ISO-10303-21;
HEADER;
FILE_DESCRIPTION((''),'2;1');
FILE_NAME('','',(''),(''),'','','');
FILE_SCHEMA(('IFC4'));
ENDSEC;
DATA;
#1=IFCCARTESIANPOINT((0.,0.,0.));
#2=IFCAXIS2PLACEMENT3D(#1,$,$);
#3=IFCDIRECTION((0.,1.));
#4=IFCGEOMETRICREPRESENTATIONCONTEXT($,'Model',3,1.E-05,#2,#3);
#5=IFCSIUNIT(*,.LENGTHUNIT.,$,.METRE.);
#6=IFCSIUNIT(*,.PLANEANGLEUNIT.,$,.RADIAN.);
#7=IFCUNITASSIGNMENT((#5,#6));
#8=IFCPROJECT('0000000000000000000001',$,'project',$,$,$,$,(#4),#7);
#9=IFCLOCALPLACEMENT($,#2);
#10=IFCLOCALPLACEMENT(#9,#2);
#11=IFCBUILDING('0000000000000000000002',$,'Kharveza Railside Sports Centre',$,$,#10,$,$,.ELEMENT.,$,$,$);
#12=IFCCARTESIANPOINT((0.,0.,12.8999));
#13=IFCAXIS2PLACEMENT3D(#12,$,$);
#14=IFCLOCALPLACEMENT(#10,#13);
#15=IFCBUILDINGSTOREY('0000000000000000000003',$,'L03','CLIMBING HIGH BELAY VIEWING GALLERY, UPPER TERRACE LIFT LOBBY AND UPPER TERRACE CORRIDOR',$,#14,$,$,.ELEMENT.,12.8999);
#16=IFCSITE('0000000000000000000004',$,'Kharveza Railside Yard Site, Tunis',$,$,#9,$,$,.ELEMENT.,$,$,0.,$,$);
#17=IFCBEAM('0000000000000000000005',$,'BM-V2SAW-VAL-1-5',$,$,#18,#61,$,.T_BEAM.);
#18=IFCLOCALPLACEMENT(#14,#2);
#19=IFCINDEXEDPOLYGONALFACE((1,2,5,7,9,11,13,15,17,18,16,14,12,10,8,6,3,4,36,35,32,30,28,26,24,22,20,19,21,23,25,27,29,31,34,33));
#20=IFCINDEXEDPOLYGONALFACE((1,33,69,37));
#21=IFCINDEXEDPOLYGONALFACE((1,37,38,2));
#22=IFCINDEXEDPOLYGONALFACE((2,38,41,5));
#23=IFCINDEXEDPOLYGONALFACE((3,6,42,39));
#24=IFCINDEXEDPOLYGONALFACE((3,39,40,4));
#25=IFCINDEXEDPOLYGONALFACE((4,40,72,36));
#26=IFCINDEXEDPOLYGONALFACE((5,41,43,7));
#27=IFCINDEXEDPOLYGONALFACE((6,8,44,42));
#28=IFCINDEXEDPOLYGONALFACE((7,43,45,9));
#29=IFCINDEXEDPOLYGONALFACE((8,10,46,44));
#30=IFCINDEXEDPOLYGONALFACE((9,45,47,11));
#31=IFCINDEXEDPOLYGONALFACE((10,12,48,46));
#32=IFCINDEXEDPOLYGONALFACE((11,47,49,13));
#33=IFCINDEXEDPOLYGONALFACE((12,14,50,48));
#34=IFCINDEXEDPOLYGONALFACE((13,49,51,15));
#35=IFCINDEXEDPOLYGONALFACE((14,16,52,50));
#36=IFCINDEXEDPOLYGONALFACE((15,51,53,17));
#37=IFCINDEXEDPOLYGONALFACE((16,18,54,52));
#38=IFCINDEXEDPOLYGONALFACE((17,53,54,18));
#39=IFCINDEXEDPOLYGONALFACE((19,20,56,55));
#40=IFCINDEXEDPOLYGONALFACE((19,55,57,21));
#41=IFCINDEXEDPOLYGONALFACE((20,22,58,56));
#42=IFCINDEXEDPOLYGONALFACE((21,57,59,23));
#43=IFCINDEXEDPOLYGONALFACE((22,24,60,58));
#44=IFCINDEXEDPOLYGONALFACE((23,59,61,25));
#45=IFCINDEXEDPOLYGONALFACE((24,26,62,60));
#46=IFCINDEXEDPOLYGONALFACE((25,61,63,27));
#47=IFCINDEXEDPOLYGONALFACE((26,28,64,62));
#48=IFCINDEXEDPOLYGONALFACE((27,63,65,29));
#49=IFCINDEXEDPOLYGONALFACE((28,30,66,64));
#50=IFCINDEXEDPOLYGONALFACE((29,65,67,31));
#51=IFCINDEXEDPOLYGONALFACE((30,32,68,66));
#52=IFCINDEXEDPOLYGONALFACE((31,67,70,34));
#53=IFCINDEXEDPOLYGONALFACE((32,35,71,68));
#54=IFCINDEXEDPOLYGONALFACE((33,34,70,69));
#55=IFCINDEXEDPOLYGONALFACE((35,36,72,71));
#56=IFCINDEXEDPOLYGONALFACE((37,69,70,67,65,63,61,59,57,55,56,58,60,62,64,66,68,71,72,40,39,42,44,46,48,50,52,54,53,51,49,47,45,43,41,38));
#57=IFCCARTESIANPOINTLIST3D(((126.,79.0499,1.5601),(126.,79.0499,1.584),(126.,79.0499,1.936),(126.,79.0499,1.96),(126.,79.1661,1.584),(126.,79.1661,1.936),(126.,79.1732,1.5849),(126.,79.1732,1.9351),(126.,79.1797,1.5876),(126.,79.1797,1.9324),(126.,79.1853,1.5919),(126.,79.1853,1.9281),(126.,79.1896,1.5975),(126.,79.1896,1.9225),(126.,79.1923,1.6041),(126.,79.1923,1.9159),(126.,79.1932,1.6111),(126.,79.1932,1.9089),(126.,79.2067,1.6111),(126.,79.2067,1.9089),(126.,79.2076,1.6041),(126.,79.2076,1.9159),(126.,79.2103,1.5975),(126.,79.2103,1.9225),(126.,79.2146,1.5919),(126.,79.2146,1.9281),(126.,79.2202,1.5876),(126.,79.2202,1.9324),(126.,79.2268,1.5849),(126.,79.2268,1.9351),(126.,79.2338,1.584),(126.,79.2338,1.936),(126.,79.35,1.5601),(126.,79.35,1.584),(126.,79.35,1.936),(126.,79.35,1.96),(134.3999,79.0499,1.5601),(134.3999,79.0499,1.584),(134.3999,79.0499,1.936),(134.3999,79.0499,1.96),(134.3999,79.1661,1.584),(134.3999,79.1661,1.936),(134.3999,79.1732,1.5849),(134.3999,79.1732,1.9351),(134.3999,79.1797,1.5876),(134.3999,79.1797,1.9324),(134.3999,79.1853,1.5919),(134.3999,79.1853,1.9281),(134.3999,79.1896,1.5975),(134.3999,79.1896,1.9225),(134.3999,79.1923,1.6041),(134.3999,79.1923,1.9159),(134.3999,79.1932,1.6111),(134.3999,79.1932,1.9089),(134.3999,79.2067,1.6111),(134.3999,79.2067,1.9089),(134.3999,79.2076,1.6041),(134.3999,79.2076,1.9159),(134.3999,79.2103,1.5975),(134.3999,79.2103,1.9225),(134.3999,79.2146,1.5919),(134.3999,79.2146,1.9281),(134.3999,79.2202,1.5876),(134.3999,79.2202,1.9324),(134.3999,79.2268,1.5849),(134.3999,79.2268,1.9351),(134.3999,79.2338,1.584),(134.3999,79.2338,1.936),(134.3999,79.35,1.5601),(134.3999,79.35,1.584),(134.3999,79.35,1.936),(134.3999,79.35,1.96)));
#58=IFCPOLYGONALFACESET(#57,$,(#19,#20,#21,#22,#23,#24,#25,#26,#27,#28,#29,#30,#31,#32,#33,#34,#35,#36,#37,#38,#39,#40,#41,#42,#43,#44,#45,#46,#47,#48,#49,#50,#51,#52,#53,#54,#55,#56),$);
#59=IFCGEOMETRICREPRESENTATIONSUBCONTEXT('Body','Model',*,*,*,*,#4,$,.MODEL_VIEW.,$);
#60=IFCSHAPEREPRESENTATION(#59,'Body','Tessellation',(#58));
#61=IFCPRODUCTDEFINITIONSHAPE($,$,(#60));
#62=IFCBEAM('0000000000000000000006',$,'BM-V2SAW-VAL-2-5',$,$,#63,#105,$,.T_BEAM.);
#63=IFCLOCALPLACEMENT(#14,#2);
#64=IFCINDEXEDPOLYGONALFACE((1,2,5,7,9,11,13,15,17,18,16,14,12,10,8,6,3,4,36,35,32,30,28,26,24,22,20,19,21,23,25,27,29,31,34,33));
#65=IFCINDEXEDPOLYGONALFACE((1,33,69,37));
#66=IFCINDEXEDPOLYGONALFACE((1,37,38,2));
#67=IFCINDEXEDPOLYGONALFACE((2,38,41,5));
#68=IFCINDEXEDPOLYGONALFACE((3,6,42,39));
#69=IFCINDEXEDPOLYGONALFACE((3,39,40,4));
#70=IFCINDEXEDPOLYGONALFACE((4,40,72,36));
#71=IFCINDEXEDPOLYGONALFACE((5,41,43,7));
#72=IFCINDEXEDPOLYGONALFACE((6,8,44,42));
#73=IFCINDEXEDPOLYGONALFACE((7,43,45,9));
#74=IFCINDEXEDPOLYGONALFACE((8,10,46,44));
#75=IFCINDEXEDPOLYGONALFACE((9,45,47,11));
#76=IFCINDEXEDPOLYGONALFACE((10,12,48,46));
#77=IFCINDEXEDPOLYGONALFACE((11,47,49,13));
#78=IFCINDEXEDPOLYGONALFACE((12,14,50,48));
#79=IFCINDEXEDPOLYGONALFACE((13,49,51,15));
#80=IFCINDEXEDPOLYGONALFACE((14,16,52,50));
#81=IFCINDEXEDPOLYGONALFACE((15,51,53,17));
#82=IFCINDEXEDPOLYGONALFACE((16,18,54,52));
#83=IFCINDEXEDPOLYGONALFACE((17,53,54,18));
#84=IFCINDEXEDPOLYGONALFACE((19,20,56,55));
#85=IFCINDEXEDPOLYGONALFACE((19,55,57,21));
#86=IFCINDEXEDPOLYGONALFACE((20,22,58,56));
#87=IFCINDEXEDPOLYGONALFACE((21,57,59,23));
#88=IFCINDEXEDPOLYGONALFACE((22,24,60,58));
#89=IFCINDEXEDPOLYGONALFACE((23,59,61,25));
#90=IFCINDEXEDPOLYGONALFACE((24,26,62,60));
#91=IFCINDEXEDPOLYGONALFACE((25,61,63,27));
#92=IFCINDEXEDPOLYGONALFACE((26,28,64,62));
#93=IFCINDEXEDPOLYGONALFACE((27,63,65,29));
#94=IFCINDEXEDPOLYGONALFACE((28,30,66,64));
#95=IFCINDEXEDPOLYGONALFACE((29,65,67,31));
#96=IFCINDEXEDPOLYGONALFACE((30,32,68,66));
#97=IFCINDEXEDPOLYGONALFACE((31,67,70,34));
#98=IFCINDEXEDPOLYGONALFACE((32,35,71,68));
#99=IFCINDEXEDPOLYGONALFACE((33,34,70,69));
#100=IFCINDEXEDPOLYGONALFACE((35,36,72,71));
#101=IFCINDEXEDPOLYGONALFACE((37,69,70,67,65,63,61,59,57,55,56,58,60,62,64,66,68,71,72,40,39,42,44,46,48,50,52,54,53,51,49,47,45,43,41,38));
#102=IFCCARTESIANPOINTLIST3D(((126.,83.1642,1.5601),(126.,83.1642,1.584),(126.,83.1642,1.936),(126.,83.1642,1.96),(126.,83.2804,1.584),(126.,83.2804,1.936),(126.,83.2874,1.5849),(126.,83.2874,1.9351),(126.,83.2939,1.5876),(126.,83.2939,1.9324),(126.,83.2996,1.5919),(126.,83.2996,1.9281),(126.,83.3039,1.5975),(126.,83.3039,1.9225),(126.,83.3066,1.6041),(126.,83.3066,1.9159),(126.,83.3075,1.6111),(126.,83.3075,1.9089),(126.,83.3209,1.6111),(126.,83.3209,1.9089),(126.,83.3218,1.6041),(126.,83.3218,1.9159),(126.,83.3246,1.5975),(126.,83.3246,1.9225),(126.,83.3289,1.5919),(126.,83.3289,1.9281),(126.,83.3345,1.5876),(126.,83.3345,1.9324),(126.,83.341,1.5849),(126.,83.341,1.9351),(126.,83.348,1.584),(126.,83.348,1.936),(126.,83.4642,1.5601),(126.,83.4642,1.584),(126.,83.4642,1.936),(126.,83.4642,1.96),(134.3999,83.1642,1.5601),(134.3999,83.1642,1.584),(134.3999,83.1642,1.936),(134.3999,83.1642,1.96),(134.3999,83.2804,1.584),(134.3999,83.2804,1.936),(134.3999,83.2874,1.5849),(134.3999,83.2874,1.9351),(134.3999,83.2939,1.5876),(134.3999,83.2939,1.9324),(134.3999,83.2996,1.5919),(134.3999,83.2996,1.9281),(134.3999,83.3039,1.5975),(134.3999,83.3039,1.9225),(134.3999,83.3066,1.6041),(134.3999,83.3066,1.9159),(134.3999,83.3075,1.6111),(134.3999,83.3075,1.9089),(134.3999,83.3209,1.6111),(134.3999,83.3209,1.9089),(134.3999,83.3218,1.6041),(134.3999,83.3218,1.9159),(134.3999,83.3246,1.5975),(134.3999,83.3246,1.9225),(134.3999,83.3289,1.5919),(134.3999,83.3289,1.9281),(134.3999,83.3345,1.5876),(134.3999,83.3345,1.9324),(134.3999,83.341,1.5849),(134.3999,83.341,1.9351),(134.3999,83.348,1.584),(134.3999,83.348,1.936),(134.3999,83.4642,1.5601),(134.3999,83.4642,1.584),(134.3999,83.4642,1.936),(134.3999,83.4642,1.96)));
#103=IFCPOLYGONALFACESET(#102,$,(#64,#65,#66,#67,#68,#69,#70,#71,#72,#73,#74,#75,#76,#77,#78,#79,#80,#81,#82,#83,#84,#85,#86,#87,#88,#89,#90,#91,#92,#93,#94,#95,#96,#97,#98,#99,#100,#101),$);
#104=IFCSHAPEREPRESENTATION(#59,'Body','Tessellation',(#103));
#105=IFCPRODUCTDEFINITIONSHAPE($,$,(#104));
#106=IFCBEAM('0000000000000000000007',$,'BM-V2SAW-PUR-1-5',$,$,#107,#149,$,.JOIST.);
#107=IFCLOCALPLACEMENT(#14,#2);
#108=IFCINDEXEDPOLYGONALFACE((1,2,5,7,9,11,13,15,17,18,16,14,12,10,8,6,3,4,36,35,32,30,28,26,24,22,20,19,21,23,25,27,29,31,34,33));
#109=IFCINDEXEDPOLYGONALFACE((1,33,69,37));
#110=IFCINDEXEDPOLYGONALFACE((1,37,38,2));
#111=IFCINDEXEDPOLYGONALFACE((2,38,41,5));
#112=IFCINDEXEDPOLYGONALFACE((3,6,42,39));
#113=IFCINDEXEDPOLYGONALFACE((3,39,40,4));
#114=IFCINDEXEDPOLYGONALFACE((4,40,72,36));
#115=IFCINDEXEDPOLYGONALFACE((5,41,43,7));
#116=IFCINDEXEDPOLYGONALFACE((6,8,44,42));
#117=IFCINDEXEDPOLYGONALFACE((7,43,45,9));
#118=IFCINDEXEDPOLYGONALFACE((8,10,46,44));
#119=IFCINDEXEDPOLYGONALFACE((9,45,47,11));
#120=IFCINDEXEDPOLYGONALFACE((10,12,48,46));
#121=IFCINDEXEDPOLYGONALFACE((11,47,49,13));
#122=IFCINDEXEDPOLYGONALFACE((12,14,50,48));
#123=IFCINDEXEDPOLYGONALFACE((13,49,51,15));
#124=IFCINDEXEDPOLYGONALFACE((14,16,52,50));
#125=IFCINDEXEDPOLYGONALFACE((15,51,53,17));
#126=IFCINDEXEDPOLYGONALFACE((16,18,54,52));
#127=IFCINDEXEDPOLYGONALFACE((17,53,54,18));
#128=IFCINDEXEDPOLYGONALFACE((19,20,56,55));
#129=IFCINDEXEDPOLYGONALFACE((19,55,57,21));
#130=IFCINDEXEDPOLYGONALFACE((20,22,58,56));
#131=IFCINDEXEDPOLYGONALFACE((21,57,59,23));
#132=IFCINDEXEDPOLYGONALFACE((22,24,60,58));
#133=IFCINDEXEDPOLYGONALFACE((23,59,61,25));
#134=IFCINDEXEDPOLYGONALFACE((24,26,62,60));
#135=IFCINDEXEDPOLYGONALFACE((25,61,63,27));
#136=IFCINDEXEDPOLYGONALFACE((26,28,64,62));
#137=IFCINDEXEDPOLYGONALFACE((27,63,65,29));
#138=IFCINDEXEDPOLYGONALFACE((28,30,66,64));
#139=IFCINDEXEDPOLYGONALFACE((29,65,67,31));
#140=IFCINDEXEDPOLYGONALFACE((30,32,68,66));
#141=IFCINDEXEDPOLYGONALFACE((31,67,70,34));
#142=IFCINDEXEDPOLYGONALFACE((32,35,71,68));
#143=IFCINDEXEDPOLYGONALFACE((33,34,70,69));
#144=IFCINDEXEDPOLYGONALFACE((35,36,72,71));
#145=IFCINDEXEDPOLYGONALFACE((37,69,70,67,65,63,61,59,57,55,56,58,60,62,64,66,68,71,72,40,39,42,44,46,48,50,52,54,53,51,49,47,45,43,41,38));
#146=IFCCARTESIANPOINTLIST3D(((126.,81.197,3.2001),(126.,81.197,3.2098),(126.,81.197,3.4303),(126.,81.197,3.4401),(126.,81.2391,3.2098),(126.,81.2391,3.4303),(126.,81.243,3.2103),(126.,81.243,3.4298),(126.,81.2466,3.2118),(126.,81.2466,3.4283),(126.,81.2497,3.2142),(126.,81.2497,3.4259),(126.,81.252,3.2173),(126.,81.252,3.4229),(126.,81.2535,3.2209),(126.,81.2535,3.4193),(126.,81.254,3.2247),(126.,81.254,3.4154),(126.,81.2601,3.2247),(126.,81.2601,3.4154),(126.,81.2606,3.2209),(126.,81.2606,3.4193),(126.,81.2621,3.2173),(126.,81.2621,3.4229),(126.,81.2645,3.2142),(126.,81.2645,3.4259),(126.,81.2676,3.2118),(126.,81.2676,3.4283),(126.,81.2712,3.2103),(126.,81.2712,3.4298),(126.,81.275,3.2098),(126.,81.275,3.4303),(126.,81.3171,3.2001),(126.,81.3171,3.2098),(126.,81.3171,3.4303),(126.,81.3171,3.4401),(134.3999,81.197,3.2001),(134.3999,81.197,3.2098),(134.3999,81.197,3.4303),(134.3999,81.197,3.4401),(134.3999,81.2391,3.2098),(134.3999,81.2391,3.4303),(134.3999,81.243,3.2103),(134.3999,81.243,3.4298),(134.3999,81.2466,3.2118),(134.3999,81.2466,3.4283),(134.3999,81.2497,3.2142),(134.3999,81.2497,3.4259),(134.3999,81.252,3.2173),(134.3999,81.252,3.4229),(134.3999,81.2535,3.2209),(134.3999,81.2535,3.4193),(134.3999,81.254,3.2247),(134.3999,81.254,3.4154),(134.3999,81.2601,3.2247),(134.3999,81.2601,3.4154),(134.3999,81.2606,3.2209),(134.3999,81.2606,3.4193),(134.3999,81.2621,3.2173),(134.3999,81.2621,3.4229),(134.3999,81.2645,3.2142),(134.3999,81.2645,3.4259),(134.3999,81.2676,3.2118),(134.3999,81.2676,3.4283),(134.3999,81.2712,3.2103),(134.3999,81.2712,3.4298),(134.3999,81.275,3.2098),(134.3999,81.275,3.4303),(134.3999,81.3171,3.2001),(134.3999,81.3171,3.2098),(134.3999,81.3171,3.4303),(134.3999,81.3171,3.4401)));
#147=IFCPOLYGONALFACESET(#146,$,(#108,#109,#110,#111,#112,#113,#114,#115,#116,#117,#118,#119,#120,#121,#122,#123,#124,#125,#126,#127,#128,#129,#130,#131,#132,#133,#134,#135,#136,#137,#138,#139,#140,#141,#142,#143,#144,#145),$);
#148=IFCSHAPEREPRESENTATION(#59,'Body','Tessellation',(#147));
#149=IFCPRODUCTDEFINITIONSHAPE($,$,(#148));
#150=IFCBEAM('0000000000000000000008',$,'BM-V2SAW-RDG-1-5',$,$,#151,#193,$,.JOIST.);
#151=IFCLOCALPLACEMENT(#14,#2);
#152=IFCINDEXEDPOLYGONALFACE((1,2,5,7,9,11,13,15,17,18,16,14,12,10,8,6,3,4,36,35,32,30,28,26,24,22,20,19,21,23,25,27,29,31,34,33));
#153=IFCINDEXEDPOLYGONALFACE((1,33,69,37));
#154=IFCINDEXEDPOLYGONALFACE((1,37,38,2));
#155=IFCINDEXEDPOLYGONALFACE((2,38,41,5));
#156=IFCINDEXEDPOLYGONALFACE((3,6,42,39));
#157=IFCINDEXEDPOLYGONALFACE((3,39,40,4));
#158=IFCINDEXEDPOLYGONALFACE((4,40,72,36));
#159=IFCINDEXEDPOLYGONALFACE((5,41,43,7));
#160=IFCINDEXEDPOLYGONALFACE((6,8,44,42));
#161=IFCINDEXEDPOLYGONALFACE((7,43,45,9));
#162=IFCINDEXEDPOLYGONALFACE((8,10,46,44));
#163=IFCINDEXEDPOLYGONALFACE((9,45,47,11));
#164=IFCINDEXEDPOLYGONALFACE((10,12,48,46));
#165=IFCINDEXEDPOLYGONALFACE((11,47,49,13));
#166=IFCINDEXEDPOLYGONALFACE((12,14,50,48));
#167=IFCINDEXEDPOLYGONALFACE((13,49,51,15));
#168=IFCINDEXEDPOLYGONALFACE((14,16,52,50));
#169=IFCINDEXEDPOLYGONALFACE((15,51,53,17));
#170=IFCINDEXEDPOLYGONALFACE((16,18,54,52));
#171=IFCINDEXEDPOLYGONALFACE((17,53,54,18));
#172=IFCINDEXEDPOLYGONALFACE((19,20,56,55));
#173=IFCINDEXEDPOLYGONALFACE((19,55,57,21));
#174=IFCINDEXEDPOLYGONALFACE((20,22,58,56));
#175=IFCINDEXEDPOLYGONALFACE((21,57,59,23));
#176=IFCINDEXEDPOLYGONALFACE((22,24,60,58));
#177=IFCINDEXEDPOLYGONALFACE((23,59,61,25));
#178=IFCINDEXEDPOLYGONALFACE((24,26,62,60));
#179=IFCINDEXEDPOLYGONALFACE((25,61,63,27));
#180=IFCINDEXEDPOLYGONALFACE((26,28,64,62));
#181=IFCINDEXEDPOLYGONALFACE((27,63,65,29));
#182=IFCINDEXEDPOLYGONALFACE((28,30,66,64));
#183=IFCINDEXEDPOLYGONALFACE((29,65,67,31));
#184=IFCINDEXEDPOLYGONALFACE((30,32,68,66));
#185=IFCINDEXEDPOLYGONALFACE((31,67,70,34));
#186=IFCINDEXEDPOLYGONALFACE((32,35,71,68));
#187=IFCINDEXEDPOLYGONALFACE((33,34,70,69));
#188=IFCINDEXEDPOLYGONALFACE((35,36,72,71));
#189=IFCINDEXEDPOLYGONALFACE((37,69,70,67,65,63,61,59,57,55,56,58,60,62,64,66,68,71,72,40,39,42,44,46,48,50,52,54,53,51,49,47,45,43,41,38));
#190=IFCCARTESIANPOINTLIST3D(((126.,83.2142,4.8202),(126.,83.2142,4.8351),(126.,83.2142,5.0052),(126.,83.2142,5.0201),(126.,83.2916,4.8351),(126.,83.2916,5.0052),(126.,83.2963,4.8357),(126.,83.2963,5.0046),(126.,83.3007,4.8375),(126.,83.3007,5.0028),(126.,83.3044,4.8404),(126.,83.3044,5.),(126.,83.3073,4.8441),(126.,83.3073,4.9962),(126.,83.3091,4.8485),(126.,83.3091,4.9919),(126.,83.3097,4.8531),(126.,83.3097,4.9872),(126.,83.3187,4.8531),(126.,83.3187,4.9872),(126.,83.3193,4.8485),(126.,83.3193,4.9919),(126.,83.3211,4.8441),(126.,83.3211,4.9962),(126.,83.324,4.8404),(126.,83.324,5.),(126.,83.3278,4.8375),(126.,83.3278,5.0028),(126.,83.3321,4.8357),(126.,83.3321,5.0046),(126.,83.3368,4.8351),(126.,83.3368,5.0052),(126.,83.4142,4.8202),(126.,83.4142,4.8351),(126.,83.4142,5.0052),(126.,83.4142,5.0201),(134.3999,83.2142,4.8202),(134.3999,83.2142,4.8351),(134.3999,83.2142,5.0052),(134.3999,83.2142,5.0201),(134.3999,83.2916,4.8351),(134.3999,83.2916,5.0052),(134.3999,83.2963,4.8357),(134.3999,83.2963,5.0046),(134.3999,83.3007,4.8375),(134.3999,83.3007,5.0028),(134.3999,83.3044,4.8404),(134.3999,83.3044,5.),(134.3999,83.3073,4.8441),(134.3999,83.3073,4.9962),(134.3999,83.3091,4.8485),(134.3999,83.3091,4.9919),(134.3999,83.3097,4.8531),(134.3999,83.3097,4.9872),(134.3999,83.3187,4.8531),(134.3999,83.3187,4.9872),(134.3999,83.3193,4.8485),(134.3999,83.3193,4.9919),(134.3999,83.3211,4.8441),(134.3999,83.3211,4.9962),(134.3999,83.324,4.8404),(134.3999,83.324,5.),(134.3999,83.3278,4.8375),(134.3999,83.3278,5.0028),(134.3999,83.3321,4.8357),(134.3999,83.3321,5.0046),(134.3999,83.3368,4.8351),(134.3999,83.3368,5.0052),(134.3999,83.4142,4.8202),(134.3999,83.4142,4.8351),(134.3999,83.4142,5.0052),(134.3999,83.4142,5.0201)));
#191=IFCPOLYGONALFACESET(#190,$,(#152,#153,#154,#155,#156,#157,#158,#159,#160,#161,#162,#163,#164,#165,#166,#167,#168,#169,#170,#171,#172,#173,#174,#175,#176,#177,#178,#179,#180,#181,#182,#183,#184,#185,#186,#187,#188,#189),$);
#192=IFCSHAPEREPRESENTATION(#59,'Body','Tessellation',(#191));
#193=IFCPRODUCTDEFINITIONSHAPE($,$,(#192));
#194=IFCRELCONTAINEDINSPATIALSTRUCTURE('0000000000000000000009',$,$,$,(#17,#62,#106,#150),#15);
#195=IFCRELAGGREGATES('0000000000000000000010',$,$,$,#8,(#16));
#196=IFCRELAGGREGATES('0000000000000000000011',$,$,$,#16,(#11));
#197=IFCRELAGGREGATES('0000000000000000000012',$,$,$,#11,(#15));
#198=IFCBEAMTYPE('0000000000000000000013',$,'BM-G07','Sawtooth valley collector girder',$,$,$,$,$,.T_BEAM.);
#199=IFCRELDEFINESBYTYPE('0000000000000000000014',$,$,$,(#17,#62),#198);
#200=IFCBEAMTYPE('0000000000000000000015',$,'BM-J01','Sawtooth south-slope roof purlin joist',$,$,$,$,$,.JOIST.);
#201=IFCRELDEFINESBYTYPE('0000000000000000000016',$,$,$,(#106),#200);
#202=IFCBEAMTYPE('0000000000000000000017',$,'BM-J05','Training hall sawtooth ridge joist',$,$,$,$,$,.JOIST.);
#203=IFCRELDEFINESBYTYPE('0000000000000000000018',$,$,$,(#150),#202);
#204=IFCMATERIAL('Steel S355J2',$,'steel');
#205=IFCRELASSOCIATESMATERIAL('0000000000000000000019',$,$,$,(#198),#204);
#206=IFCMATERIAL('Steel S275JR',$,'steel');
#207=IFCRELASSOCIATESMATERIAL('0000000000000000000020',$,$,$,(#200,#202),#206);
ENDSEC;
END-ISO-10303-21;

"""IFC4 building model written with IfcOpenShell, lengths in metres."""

from ifc_helpers import new_model, si_unit, direction, frame, origin, origin_2d, place, context, subcontext, project, spatial, i_section, extrude, material, material_profile, profile_set, type_object, element, save


model = new_model("IFC4")

# Units and contexts
model_context = context("Model", 3, precision=1e-05, world=origin(), true_north=direction((0.0, 1.0)))
body_context = subcontext(model_context, "Body", "Model", "MODEL_VIEW")
ifc_project = project(units=[si_unit("LENGTHUNIT", "METRE"), si_unit("PLANEANGLEUNIT", "RADIAN")], contexts=[model_context])

# Site, building, storey
site_placement = place(None, origin())
site = spatial("IfcSite", under=ifc_project, at=site_placement, Name="Kharveza Railside Yard Site, Tunis", CompositionType="ELEMENT", RefElevation=0.0)
building_placement = place(site_placement, origin())
building = spatial("IfcBuilding", under=site, at=building_placement, Name="Kharveza Railside Sports Centre", CompositionType="ELEMENT")
storey_placement = place(building_placement, frame((0.0, 0.0, 12.8999)))
storey = spatial("IfcBuildingStorey", under=building, at=storey_placement, Name="L03", Description="CLIMBING HIGH BELAY VIEWING GALLERY, UPPER TERRACE LIFT LOBBY AND UPPER TERRACE CORRIDOR", CompositionType="ELEMENT", Elevation=12.8999)

# Beams
ifc_material_1 = material(Name="Steel S355J2", Category="steel")
ifc_material_profile_1 = material_profile(ifc_material_1, i_section(OverallWidth=0.3, OverallDepth=0.3999, WebThickness=0.0134, FlangeThickness=0.0239, FilletRadius=0.0271, at=origin_2d()), Name="HEB 400")
ifc_profile_set_1 = profile_set([ifc_material_profile_1], Name="Steel S355J2")
beam_type_1 = type_object("IfcBeamType", Name="BM-G07", Description="Sawtooth valley collector girder", PredefinedType="T_BEAM", material=ifc_profile_set_1)
for number, where, z_axis, x_axis, name in (
    (1, (126.0, 79.2, 1.76), (1.0, 0.0, 0.0), (0.0, 1.0, 0.0), "BM-V2SAW-VAL-1-5"),
    (2, (126.0, 83.3142, 1.76), (1.0, 0.0, 0.0), (0.0, 1.0, 0.0), "BM-V2SAW-VAL-2-5"),
):
    element("IfcBeam", number, at=place(storey_placement, frame(where, z_axis=z_axis, x_axis=x_axis)), inside=storey, type_object=beam_type_1, Name=name, PredefinedType="T_BEAM", context=body_context, shape_type="SweptSolid", body=[
        extrude(i_section(OverallWidth=0.3, OverallDepth=0.3999, WebThickness=0.0134, FlangeThickness=0.0239, FilletRadius=0.0271, at=origin_2d()), origin(), (0.0, 0.0, 1.0), 8.3999),
    ])
ifc_material_2 = material(Name="Steel S275JR", Category="steel")
ifc_material_profile_2 = material_profile(ifc_material_2, i_section(OverallWidth=0.1201, OverallDepth=0.24, WebThickness=0.0061, FlangeThickness=0.0098, FilletRadius=0.0149, at=origin_2d()), Name="IPE 240")
ifc_profile_set_2 = profile_set([ifc_material_profile_2], Name="Steel S275JR")
beam_type_2 = type_object("IfcBeamType", Name="BM-J01", Description="Sawtooth south-slope roof purlin joist", PredefinedType="JOIST", material=ifc_profile_set_2)
beam_1_placement = place(storey_placement, frame((126.0, 81.2571, 3.3201), z_axis=(1.0, 0.0, 0.0), x_axis=(0.0, 1.0, 0.0)))
element("IfcBeam", 3, at=beam_1_placement, inside=storey, type_object=beam_type_2, Name="BM-V2SAW-PUR-1-5", PredefinedType="JOIST", context=body_context, shape_type="SweptSolid", body=[
    extrude(i_section(OverallWidth=0.1201, OverallDepth=0.24, WebThickness=0.0061, FlangeThickness=0.0098, FilletRadius=0.0149, at=origin_2d()), origin(), (0.0, 0.0, 1.0), 8.3999),
])
ifc_material_profile_3 = material_profile(ifc_material_2, i_section(OverallWidth=0.2, OverallDepth=0.2, WebThickness=0.009, FlangeThickness=0.0149, FilletRadius=0.0181, at=origin_2d()), Name="HEB 200")
ifc_profile_set_3 = profile_set([ifc_material_profile_3], Name="Steel S275JR")
beam_type_3 = type_object("IfcBeamType", Name="BM-J05", Description="Training hall sawtooth ridge joist", PredefinedType="JOIST", material=ifc_profile_set_3)
beam_2_placement = place(storey_placement, frame((126.0, 83.3142, 4.9202), z_axis=(1.0, 0.0, 0.0), x_axis=(0.0, 1.0, 0.0)))
element("IfcBeam", 4, at=beam_2_placement, inside=storey, type_object=beam_type_3, Name="BM-V2SAW-RDG-1-5", PredefinedType="JOIST", context=body_context, shape_type="SweptSolid", body=[
    extrude(i_section(OverallWidth=0.2, OverallDepth=0.2, WebThickness=0.009, FlangeThickness=0.0149, FilletRadius=0.0181, at=origin_2d()), origin(), (0.0, 0.0, 1.0), 8.3999),
])

save(model, "model.ifc")
